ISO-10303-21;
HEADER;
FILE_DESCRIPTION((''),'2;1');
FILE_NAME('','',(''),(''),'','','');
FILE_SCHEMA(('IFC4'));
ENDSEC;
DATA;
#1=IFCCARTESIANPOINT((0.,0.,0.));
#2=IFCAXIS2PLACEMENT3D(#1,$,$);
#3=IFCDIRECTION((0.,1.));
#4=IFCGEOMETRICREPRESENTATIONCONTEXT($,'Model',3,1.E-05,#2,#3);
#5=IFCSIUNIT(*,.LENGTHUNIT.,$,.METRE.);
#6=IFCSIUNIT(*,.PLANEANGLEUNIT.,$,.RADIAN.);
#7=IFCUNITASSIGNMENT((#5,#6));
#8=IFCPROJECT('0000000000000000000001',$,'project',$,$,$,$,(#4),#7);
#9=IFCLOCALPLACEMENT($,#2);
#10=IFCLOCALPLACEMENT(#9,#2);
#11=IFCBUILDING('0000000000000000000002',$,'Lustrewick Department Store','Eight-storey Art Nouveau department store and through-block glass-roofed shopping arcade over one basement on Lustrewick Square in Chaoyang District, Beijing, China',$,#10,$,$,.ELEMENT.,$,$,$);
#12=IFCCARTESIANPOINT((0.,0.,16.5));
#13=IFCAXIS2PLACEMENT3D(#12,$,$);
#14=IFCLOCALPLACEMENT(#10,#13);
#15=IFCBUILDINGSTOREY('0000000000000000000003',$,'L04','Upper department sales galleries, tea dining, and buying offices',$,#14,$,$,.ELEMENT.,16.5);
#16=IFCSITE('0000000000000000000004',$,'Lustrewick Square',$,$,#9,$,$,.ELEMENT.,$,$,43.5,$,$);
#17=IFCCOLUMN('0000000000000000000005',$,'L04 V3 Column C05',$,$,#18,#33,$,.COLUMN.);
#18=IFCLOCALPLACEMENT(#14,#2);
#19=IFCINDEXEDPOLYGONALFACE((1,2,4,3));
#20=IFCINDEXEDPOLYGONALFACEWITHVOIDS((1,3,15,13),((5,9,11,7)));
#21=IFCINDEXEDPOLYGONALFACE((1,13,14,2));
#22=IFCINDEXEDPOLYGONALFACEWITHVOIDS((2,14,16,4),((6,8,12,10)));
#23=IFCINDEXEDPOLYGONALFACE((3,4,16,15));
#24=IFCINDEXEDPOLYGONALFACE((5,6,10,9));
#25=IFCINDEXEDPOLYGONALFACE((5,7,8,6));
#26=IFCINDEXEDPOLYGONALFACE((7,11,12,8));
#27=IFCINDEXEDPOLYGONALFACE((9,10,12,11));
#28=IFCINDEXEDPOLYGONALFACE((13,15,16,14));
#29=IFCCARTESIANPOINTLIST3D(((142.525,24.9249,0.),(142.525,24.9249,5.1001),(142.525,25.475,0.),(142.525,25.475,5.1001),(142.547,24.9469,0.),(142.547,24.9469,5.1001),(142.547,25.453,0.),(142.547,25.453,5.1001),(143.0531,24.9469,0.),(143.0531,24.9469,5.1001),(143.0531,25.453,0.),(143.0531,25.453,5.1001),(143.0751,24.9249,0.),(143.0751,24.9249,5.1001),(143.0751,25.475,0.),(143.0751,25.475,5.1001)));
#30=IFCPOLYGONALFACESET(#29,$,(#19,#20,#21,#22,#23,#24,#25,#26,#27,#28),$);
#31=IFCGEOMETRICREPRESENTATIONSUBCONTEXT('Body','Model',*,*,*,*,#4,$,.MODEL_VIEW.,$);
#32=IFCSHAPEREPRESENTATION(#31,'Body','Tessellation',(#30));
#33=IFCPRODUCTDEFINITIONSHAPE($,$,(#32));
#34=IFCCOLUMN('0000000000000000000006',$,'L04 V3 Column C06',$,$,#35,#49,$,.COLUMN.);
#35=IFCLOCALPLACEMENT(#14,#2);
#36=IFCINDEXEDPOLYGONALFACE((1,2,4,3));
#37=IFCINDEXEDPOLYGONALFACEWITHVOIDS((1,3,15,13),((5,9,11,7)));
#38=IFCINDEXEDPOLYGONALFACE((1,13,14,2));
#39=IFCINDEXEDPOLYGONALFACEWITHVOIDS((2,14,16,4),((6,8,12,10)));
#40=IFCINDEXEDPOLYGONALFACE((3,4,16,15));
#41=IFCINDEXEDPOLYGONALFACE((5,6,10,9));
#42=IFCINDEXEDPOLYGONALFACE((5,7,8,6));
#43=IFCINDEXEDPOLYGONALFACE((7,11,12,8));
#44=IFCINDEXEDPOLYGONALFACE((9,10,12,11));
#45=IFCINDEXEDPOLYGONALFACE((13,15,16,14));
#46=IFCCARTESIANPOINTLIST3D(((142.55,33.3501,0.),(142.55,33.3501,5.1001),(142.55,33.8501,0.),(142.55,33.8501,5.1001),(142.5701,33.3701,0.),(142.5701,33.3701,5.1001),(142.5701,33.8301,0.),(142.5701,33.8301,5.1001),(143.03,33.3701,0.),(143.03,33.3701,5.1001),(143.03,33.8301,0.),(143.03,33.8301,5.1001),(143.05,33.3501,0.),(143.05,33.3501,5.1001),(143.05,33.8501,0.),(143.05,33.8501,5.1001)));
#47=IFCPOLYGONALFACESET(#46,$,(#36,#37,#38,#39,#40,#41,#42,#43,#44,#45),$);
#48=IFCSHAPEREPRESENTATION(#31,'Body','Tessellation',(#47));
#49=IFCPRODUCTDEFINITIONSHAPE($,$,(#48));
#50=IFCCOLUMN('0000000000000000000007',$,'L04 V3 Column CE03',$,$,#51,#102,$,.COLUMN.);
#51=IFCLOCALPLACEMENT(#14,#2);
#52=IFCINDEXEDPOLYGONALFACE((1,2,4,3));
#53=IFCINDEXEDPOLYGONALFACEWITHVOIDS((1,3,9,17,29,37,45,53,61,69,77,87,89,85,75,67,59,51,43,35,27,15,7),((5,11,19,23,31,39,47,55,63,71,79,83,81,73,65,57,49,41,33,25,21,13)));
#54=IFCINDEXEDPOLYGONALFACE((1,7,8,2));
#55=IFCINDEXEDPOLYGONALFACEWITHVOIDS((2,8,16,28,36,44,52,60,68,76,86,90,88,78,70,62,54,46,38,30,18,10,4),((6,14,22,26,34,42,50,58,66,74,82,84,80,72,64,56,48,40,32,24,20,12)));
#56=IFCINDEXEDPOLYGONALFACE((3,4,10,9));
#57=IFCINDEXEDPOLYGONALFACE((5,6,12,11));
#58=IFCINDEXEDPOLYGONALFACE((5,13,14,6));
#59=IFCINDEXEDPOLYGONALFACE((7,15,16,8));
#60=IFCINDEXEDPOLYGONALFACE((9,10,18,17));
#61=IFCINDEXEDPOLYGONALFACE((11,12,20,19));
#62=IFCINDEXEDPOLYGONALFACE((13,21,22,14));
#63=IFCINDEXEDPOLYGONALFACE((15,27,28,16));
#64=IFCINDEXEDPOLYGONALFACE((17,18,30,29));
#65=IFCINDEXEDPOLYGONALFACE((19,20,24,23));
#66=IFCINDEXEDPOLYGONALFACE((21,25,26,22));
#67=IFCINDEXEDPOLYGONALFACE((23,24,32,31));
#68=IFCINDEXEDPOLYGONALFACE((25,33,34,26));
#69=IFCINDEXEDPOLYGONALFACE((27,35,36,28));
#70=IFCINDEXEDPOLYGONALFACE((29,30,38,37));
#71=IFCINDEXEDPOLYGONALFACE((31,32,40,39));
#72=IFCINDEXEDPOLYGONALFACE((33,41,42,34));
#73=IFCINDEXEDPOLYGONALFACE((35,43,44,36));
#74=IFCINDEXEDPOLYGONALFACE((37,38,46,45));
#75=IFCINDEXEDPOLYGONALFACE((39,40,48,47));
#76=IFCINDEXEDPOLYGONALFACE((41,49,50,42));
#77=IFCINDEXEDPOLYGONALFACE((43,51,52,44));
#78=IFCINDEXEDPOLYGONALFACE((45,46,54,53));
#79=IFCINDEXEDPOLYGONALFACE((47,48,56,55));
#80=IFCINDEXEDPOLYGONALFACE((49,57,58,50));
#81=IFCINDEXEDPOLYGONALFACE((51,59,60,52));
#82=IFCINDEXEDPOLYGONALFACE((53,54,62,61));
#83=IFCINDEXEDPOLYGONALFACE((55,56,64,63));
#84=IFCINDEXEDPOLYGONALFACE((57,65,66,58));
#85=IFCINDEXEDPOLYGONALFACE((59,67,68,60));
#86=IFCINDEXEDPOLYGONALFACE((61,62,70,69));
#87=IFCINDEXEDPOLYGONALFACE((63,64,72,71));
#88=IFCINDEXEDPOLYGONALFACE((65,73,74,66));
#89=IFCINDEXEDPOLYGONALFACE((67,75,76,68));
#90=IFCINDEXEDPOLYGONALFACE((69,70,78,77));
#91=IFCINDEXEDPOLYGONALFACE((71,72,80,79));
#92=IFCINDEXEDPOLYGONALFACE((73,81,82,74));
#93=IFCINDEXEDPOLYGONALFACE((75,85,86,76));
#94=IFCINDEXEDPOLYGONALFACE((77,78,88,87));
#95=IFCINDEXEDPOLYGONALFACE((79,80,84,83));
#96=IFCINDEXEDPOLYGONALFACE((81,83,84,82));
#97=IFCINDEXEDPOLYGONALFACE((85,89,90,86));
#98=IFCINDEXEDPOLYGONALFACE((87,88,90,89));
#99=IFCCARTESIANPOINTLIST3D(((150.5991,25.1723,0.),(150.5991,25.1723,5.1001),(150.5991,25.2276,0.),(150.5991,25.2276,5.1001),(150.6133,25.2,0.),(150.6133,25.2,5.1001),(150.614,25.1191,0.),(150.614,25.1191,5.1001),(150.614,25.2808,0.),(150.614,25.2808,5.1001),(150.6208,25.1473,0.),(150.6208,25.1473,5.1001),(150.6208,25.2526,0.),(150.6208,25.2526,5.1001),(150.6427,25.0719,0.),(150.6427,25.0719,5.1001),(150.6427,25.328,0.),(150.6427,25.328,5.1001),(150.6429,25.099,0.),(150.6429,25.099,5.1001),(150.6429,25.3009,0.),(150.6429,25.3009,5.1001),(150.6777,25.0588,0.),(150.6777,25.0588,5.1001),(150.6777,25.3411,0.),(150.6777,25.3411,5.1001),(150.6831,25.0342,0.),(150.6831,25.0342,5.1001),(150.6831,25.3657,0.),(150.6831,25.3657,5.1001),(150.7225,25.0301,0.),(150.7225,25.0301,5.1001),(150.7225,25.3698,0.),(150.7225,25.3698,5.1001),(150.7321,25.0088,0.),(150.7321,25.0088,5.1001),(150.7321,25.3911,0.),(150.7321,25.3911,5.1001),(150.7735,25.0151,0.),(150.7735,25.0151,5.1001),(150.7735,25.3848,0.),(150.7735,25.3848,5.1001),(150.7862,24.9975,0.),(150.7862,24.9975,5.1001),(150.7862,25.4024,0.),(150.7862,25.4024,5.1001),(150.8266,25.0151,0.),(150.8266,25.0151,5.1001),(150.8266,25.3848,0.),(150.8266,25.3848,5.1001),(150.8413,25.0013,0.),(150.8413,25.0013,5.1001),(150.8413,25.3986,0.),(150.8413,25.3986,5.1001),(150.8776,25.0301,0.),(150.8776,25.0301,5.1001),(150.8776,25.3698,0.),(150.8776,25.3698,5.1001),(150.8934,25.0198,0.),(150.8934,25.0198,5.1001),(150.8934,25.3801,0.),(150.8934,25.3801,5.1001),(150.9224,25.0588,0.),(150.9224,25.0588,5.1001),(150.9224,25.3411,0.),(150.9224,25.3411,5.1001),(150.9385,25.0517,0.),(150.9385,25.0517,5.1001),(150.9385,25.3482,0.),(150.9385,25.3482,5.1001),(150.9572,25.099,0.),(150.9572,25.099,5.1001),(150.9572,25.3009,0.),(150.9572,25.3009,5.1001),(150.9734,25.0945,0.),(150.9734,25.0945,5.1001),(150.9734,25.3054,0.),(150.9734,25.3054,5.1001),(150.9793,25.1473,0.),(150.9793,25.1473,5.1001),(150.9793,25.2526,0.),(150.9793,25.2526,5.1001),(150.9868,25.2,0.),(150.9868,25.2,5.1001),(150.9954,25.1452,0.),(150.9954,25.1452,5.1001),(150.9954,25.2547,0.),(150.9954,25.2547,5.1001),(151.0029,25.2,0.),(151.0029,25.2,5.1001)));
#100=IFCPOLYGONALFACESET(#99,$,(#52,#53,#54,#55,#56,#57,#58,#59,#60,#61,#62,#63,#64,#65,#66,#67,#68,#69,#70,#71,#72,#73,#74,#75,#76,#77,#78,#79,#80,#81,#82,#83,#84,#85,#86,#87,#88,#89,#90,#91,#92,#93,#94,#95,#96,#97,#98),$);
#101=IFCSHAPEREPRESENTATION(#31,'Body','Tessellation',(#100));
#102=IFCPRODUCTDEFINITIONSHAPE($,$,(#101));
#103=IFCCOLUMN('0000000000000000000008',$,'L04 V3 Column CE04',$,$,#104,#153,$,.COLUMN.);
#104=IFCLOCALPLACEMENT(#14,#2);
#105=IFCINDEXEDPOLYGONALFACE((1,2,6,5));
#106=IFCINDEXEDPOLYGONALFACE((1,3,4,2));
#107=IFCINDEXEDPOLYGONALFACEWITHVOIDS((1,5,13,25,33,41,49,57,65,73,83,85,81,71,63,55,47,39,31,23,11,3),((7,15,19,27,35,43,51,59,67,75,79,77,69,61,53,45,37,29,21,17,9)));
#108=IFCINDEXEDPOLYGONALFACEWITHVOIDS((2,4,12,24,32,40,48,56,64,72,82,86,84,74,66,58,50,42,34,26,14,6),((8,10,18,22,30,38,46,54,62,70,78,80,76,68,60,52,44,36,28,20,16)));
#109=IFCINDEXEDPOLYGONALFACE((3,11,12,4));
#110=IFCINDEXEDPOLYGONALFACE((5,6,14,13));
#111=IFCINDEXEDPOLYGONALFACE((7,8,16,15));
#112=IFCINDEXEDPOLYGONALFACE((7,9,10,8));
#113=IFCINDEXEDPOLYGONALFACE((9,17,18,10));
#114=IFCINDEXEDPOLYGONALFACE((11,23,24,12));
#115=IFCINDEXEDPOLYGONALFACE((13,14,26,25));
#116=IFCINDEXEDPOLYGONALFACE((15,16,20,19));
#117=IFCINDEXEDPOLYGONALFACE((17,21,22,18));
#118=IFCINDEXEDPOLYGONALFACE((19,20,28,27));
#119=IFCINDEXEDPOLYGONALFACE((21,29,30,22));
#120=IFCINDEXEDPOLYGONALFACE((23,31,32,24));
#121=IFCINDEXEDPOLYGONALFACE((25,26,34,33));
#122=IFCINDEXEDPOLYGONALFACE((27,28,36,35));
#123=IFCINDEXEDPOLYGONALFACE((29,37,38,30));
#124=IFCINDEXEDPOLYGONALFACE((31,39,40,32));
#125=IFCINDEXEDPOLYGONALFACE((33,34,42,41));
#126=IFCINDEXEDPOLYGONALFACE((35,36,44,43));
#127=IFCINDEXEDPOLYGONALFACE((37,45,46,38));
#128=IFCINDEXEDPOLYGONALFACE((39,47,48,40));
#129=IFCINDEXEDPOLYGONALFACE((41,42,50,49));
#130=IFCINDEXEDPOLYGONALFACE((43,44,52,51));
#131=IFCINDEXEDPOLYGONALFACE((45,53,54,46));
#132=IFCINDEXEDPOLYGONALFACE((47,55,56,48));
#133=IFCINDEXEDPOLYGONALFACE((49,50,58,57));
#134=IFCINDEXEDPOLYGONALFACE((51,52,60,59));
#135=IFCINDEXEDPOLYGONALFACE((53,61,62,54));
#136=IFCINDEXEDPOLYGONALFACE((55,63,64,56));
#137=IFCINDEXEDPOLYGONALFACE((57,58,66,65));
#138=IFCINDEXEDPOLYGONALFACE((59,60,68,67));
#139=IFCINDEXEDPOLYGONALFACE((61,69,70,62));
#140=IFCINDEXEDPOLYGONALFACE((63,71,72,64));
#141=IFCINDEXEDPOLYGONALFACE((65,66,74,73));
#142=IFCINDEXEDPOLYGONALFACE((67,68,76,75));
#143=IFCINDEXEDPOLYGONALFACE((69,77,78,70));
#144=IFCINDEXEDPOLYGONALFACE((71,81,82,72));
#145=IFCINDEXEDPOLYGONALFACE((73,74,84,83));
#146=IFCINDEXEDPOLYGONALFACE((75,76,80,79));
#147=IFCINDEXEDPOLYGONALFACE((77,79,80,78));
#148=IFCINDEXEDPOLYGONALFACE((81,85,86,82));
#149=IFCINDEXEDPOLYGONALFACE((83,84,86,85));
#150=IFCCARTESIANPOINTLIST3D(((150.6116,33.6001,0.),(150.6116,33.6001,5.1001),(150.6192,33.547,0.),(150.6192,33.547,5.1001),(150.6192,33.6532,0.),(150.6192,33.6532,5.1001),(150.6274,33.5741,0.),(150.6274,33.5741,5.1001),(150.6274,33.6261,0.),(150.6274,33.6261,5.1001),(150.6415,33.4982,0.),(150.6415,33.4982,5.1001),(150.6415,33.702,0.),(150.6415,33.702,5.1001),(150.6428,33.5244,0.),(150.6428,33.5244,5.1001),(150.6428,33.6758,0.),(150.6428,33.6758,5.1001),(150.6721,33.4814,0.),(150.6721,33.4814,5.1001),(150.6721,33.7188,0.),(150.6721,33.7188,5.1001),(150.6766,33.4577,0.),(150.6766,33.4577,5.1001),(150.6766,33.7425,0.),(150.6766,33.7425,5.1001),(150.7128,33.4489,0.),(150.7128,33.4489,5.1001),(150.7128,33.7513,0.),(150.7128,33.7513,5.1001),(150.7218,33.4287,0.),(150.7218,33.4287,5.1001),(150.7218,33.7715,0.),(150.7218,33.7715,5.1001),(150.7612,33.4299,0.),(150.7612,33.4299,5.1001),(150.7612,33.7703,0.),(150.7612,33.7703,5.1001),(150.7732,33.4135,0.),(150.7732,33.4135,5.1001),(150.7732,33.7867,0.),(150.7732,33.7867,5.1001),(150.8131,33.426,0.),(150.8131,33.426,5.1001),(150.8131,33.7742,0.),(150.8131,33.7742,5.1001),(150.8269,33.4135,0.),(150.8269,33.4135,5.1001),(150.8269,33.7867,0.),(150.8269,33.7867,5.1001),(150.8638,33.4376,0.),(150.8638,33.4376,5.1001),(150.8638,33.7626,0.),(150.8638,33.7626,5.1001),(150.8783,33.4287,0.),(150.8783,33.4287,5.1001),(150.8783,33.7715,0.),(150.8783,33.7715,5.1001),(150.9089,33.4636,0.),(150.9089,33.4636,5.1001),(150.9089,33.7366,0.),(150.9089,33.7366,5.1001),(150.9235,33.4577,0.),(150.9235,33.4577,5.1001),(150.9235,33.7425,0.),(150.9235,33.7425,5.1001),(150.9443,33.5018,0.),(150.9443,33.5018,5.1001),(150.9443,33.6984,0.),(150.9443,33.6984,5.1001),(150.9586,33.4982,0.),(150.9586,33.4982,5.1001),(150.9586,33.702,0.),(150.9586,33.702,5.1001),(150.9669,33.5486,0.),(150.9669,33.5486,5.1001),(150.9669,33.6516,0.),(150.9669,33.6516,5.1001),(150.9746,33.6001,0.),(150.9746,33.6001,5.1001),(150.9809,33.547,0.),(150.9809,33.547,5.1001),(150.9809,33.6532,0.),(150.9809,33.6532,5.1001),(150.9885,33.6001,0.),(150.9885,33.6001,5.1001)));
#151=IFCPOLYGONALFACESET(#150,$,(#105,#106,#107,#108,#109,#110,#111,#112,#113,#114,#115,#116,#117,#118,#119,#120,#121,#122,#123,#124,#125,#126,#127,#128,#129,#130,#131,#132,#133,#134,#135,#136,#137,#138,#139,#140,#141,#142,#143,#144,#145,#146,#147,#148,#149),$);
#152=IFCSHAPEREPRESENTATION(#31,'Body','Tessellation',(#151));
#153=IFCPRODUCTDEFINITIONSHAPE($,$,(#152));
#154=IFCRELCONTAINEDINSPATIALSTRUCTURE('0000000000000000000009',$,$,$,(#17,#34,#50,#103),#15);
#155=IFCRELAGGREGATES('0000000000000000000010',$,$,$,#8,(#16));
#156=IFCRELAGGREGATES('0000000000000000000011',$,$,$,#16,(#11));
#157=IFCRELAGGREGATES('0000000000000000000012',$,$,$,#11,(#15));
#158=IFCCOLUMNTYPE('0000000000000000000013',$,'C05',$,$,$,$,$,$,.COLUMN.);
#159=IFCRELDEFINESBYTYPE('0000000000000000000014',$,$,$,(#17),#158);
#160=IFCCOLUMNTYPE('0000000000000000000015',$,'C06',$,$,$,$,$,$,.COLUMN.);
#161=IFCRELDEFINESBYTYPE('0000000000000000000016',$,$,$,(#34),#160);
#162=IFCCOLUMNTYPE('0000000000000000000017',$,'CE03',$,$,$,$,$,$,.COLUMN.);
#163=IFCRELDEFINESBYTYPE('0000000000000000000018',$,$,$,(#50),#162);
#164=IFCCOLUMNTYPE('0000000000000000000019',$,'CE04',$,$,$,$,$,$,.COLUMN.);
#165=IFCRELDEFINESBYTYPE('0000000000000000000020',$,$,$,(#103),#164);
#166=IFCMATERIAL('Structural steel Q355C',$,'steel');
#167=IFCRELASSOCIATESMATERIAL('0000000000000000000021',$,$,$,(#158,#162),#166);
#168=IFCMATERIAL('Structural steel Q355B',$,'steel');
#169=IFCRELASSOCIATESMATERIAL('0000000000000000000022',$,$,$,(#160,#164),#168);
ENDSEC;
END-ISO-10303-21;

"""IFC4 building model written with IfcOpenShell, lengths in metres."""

from ifc_helpers import new_model, si_unit, direction, frame, origin, origin_2d, place, context, subcontext, project, spatial, hollow_rectangle, hollow_circle, extrude, material, material_profile, profile_set, type_object, element, save


model = new_model("IFC4")

# Units and contexts
model_context = context("Model", 3, precision=1e-05, world=origin(), true_north=direction((0.0, 1.0)))
body_context = subcontext(model_context, "Body", "Model", "MODEL_VIEW")
ifc_project = project(units=[si_unit("LENGTHUNIT", "METRE"), si_unit("PLANEANGLEUNIT", "RADIAN")], contexts=[model_context])

# Site, building, storey
site_placement = place(None, origin())
site = spatial("IfcSite", under=ifc_project, at=site_placement, Name="Lustrewick Square", CompositionType="ELEMENT", RefElevation=43.5)
building_placement = place(site_placement, origin())
building = spatial("IfcBuilding", under=site, at=building_placement, Name="Lustrewick Department Store", Description="Eight-storey Art Nouveau department store and through-block glass-roofed shopping arcade over one basement on Lustrewick Square in Chaoyang District, Beijing, China", CompositionType="ELEMENT")
storey_placement = place(building_placement, frame((0.0, 0.0, 16.5)))
storey = spatial("IfcBuildingStorey", under=building, at=storey_placement, Name="L04", Description="Upper department sales galleries, tea dining, and buying offices", CompositionType="ELEMENT", Elevation=16.5)

# Columns
ifc_material_1 = material(Name="Structural steel Q355C", Category="steel")
ifc_material_profile_1 = material_profile(ifc_material_1, hollow_rectangle(XDim=0.55, YDim=0.55, WallThickness=0.022, at=origin_2d()), Name="BOX 550x550x22")
ifc_profile_set_1 = profile_set([ifc_material_profile_1], Name="Structural steel Q355C")
column_type_1 = type_object("IfcColumnType", Name="C05", PredefinedType="COLUMN", material=ifc_profile_set_1)
column_1_placement = place(storey_placement, frame((142.8, 25.2, 0.0), z_axis=(0.0, 0.0, 1.0), x_axis=(1.0, 0.0, 0.0)))
element("IfcColumn", 1, at=column_1_placement, inside=storey, type_object=column_type_1, Name="L04 V3 Column C05", PredefinedType="COLUMN", context=body_context, shape_type="SweptSolid", body=[
    extrude(hollow_rectangle(XDim=0.55, YDim=0.55, WallThickness=0.022, at=origin_2d()), origin(), (0.0, 0.0, 1.0), 5.1001),
])
ifc_material_2 = material(Name="Structural steel Q355B", Category="steel")
ifc_material_profile_2 = material_profile(ifc_material_2, hollow_rectangle(XDim=0.5, YDim=0.5, WallThickness=0.02, at=origin_2d()), Name="BOX 500x500x20")
ifc_profile_set_2 = profile_set([ifc_material_profile_2], Name="Structural steel Q355B")
column_type_2 = type_object("IfcColumnType", Name="C06", PredefinedType="COLUMN", material=ifc_profile_set_2)
column_2_placement = place(storey_placement, frame((142.8, 33.6001, 0.0), z_axis=(0.0, 0.0, 1.0), x_axis=(1.0, 0.0, 0.0)))
element("IfcColumn", 2, at=column_2_placement, inside=storey, type_object=column_type_2, Name="L04 V3 Column C06", PredefinedType="COLUMN", context=body_context, shape_type="SweptSolid", body=[
    extrude(hollow_rectangle(XDim=0.5, YDim=0.5, WallThickness=0.02, at=origin_2d()), origin(), (0.0, 0.0, 1.0), 5.1001),
])
ifc_material_profile_3 = material_profile(ifc_material_1, hollow_circle(Radius=0.2029, WallThickness=0.0161, at=origin_2d()), Name="CHS 406x16")
ifc_profile_set_3 = profile_set([ifc_material_profile_3], Name="Structural steel Q355C")
column_type_3 = type_object("IfcColumnType", Name="CE03", PredefinedType="COLUMN", material=ifc_profile_set_3)
column_3_placement = place(storey_placement, frame((150.8, 25.2, 0.0), z_axis=(0.0, 0.0, 1.0), x_axis=(1.0, 0.0, 0.0)))
element("IfcColumn", 3, at=column_3_placement, inside=storey, type_object=column_type_3, Name="L04 V3 Column CE03", PredefinedType="COLUMN", context=body_context, shape_type="SweptSolid", body=[
    extrude(hollow_circle(Radius=0.2029, WallThickness=0.0161, at=origin_2d()), origin(), (0.0, 0.0, 1.0), 5.1001),
])
ifc_material_profile_4 = material_profile(ifc_material_2, hollow_circle(Radius=0.1885, WallThickness=0.0139, at=origin_2d()), Name="CHS 377x14")
ifc_profile_set_4 = profile_set([ifc_material_profile_4], Name="Structural steel Q355B")
column_type_4 = type_object("IfcColumnType", Name="CE04", PredefinedType="COLUMN", material=ifc_profile_set_4)
column_4_placement = place(storey_placement, frame((150.8, 33.6001, 0.0), z_axis=(0.0, 0.0, 1.0), x_axis=(1.0, 0.0, 0.0)))
element("IfcColumn", 4, at=column_4_placement, inside=storey, type_object=column_type_4, Name="L04 V3 Column CE04", PredefinedType="COLUMN", context=body_context, shape_type="SweptSolid", body=[
    extrude(hollow_circle(Radius=0.1885, WallThickness=0.0139, at=origin_2d()), origin(), (0.0, 0.0, 1.0), 5.1001),
])

save(model, "model.ifc")
